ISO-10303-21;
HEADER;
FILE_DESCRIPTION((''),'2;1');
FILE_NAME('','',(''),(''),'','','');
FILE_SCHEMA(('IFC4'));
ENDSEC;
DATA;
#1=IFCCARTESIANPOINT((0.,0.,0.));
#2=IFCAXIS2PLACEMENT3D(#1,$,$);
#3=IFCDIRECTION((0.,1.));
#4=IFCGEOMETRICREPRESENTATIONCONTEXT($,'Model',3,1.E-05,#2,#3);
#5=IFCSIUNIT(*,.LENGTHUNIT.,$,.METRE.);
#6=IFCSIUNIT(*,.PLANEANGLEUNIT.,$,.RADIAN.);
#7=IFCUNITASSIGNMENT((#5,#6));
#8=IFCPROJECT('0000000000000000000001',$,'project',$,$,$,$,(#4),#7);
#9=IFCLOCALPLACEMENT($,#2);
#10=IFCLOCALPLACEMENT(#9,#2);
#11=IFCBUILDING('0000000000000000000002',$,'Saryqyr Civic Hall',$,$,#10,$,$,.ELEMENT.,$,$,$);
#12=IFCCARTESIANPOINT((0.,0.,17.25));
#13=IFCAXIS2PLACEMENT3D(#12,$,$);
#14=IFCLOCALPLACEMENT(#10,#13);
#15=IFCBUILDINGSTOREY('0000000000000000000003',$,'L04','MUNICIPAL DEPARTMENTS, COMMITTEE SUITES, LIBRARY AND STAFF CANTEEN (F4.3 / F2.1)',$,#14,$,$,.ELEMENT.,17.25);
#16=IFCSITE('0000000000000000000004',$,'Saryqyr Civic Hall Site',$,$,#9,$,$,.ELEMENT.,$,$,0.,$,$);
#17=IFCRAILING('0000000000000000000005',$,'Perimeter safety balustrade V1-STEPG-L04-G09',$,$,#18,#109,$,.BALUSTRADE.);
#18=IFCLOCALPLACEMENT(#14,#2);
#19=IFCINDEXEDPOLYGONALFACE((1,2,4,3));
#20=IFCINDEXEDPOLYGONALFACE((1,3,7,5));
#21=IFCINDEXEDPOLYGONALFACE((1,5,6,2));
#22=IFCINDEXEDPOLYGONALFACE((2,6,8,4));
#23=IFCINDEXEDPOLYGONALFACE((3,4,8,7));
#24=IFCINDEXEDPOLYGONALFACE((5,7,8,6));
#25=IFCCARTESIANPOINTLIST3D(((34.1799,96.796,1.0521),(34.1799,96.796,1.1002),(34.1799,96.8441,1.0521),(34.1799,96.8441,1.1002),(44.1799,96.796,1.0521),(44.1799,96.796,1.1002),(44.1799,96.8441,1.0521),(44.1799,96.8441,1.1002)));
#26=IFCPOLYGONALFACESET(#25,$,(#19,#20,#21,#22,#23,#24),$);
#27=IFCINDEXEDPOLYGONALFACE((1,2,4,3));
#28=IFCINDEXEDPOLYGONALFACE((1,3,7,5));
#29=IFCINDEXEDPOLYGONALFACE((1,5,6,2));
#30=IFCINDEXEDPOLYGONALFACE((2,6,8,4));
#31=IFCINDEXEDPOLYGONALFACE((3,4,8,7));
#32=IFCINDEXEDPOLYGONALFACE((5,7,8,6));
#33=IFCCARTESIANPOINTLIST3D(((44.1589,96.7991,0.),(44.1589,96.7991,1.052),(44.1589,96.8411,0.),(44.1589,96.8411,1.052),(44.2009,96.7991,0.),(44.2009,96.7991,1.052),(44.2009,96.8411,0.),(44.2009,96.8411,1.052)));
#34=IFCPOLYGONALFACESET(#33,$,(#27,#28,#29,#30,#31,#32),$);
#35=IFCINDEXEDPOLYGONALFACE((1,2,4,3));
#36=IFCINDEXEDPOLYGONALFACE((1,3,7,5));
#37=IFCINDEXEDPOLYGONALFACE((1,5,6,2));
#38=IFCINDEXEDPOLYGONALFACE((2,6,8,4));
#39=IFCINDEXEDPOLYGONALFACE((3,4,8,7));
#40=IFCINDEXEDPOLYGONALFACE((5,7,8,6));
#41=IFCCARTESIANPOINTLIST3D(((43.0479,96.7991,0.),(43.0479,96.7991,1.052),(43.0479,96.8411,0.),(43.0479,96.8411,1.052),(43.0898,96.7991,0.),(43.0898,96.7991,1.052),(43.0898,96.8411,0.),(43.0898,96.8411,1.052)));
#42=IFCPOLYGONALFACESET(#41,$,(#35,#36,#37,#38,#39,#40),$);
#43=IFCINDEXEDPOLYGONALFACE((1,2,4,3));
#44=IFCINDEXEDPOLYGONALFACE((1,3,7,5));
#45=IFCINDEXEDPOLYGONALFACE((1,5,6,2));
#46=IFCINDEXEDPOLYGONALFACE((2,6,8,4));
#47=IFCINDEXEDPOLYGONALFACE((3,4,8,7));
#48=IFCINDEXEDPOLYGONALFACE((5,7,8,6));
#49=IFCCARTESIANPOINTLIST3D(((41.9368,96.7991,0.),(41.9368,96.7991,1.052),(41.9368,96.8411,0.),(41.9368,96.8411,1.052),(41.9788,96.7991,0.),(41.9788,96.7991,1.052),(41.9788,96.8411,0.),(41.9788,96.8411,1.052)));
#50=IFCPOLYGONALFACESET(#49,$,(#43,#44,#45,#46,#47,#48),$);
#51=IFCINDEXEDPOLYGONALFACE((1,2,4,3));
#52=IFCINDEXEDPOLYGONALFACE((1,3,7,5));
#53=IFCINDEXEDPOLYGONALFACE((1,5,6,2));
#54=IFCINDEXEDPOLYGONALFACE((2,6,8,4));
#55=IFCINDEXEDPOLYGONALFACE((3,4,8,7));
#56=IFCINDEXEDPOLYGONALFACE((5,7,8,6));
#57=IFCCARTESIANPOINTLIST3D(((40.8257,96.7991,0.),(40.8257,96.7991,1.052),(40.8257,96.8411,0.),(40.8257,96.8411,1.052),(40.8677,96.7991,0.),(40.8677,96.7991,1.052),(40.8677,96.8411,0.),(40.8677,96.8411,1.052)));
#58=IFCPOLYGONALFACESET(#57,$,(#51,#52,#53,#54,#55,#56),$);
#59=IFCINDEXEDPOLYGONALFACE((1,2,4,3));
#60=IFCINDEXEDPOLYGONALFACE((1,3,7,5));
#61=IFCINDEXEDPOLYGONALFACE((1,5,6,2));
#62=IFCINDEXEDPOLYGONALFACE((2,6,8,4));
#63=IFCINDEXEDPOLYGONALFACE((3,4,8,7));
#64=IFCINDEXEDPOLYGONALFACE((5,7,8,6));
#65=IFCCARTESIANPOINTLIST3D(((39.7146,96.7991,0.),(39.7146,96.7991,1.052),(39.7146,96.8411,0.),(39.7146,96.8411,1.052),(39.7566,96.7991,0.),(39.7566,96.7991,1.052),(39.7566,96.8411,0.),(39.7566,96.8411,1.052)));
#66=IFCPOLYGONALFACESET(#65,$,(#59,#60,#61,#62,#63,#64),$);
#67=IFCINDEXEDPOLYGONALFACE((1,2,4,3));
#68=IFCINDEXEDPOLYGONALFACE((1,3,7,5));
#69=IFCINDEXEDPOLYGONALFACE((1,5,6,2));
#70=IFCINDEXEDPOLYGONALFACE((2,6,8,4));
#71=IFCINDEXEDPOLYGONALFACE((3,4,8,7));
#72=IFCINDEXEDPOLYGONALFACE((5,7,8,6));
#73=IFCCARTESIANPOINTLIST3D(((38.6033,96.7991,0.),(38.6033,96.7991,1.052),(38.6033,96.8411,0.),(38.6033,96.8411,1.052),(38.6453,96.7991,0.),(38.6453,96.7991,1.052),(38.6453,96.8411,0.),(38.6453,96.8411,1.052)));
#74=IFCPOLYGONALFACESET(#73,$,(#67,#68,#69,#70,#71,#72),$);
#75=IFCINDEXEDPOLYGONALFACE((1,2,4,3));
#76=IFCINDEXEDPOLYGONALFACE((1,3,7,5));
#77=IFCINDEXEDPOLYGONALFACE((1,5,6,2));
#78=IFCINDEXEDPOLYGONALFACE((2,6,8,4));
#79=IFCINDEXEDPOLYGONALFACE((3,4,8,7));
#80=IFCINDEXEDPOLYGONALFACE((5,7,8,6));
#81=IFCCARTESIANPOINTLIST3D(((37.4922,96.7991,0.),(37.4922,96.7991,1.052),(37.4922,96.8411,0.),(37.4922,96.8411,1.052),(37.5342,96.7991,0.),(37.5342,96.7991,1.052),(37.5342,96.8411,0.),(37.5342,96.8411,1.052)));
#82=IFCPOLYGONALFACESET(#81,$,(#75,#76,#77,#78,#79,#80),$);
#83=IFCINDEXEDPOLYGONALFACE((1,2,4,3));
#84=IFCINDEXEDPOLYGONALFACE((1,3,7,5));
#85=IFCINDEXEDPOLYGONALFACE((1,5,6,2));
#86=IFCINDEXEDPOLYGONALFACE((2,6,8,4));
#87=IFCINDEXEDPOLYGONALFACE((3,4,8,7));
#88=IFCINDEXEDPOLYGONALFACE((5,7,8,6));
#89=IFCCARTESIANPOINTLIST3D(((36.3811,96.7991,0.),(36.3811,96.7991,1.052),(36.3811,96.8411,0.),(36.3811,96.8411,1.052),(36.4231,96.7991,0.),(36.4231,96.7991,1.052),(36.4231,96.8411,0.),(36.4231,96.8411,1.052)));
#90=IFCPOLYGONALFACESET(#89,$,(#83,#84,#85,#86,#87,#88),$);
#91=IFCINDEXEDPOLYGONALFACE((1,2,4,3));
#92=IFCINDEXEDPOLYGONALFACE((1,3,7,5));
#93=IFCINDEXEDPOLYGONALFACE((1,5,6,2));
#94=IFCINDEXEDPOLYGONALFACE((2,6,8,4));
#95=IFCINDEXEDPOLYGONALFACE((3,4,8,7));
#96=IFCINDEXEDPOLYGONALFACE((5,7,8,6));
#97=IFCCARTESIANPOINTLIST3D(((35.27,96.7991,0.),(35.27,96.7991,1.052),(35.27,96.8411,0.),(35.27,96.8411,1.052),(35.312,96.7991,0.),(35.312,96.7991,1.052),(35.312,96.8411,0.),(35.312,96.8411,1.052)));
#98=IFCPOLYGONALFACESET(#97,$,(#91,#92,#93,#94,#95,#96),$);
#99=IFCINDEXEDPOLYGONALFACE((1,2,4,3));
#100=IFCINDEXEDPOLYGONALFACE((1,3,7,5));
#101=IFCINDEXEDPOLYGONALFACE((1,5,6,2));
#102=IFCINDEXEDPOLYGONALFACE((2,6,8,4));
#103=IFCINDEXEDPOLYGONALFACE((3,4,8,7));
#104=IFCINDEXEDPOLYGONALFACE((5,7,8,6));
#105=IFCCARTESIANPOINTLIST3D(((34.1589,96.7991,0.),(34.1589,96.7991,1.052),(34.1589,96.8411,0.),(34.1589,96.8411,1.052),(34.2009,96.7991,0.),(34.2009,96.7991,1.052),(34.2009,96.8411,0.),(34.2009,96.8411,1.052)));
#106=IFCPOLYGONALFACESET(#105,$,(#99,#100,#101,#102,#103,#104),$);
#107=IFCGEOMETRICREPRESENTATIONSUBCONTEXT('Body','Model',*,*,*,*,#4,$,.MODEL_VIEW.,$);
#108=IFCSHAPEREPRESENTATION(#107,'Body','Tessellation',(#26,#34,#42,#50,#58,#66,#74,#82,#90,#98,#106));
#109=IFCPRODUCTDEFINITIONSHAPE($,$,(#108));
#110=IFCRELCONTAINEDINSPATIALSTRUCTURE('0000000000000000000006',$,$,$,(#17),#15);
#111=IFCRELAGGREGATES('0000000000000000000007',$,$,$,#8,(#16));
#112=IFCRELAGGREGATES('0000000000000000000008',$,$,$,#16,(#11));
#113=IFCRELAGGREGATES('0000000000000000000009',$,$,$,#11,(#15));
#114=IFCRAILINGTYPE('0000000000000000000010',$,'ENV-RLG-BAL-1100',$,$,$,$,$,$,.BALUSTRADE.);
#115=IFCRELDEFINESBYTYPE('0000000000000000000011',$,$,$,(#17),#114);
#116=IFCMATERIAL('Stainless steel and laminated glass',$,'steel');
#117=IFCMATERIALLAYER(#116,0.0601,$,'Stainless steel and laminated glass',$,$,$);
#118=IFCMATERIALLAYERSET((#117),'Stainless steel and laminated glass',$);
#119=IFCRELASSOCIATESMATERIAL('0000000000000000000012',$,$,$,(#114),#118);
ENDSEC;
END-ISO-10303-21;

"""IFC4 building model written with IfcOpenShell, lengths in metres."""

from ifc_helpers import new_model, si_unit, direction, frame, origin, origin_2d, place, context, subcontext, project, spatial, rectangle, extrude, material, layer, layer_set, type_object, element, save


model = new_model("IFC4")

# Units and contexts
model_context = context("Model", 3, precision=1e-05, world=origin(), true_north=direction((0.0, 1.0)))
body_context = subcontext(model_context, "Body", "Model", "MODEL_VIEW")
ifc_project = project(units=[si_unit("LENGTHUNIT", "METRE"), si_unit("PLANEANGLEUNIT", "RADIAN")], contexts=[model_context])

# Site, building, storey
site_placement = place(None, origin())
site = spatial("IfcSite", under=ifc_project, at=site_placement, Name="Saryqyr Civic Hall Site", CompositionType="ELEMENT", RefElevation=0.0)
building_placement = place(site_placement, origin())
building = spatial("IfcBuilding", under=site, at=building_placement, Name="Saryqyr Civic Hall", CompositionType="ELEMENT")
storey_placement = place(building_placement, frame((0.0, 0.0, 17.25)))
storey = spatial("IfcBuildingStorey", under=building, at=storey_placement, Name="L04", Description="MUNICIPAL DEPARTMENTS, COMMITTEE SUITES, LIBRARY AND STAFF CANTEEN (F4.3 / F2.1)", CompositionType="ELEMENT", Elevation=17.25)

# Railing
ifc_material_1 = material(Name="Stainless steel and laminated glass", Category="steel")
ifc_layer_1 = layer(ifc_material_1, 0.0601, Name="Stainless steel and laminated glass")
ifc_layer_set_1 = layer_set([ifc_layer_1], Name="Stainless steel and laminated glass")
railing_type = type_object("IfcRailingType", Name="ENV-RLG-BAL-1100", PredefinedType="BALUSTRADE", material=ifc_layer_set_1)
railing_placement = place(storey_placement, frame((44.1799, 96.8201, 0.0)))
element("IfcRailing", 1, at=railing_placement, inside=storey, type_object=railing_type, Name="Perimeter safety balustrade V1-STEPG-L04-G09", PredefinedType="BALUSTRADE", context=body_context, shape_type="SweptSolid", body=[
    extrude(rectangle(XDim=0.0481, YDim=0.0481, at=origin_2d()), frame((0.0, 0.0, 1.0762), z_axis=(-1.0, 0.0, 0.0), x_axis=(0.0, -1.0, 0.0)), (0.0, 0.0, 1.0), 10.0),
    extrude(rectangle(XDim=0.042, YDim=0.042, at=origin_2d()), origin(), (0.0, 0.0, 1.0), 1.052),
    extrude(rectangle(XDim=0.042, YDim=0.042, at=origin_2d()), frame((-1.1111, 0.0, 0.0)), (0.0, 0.0, 1.0), 1.052),
    extrude(rectangle(XDim=0.042, YDim=0.042, at=origin_2d()), frame((-2.2222, 0.0, 0.0)), (0.0, 0.0, 1.0), 1.052),
    extrude(rectangle(XDim=0.042, YDim=0.042, at=origin_2d()), frame((-3.3333, 0.0, 0.0)), (0.0, 0.0, 1.0), 1.052),
    extrude(rectangle(XDim=0.042, YDim=0.042, at=origin_2d()), frame((-4.4443, 0.0, 0.0)), (0.0, 0.0, 1.0), 1.052),
    extrude(rectangle(XDim=0.042, YDim=0.042, at=origin_2d()), frame((-5.5557, 0.0, 0.0)), (0.0, 0.0, 1.0), 1.052),
    extrude(rectangle(XDim=0.042, YDim=0.042, at=origin_2d()), frame((-6.6667, 0.0, 0.0)), (0.0, 0.0, 1.0), 1.052),
    extrude(rectangle(XDim=0.042, YDim=0.042, at=origin_2d()), frame((-7.7778, 0.0, 0.0)), (0.0, 0.0, 1.0), 1.052),
    extrude(rectangle(XDim=0.042, YDim=0.042, at=origin_2d()), frame((-8.8889, 0.0, 0.0)), (0.0, 0.0, 1.0), 1.052),
    extrude(rectangle(XDim=0.042, YDim=0.042, at=origin_2d()), frame((-10.0, 0.0, 0.0)), (0.0, 0.0, 1.0), 1.052),
])

save(model, "model.ifc")
